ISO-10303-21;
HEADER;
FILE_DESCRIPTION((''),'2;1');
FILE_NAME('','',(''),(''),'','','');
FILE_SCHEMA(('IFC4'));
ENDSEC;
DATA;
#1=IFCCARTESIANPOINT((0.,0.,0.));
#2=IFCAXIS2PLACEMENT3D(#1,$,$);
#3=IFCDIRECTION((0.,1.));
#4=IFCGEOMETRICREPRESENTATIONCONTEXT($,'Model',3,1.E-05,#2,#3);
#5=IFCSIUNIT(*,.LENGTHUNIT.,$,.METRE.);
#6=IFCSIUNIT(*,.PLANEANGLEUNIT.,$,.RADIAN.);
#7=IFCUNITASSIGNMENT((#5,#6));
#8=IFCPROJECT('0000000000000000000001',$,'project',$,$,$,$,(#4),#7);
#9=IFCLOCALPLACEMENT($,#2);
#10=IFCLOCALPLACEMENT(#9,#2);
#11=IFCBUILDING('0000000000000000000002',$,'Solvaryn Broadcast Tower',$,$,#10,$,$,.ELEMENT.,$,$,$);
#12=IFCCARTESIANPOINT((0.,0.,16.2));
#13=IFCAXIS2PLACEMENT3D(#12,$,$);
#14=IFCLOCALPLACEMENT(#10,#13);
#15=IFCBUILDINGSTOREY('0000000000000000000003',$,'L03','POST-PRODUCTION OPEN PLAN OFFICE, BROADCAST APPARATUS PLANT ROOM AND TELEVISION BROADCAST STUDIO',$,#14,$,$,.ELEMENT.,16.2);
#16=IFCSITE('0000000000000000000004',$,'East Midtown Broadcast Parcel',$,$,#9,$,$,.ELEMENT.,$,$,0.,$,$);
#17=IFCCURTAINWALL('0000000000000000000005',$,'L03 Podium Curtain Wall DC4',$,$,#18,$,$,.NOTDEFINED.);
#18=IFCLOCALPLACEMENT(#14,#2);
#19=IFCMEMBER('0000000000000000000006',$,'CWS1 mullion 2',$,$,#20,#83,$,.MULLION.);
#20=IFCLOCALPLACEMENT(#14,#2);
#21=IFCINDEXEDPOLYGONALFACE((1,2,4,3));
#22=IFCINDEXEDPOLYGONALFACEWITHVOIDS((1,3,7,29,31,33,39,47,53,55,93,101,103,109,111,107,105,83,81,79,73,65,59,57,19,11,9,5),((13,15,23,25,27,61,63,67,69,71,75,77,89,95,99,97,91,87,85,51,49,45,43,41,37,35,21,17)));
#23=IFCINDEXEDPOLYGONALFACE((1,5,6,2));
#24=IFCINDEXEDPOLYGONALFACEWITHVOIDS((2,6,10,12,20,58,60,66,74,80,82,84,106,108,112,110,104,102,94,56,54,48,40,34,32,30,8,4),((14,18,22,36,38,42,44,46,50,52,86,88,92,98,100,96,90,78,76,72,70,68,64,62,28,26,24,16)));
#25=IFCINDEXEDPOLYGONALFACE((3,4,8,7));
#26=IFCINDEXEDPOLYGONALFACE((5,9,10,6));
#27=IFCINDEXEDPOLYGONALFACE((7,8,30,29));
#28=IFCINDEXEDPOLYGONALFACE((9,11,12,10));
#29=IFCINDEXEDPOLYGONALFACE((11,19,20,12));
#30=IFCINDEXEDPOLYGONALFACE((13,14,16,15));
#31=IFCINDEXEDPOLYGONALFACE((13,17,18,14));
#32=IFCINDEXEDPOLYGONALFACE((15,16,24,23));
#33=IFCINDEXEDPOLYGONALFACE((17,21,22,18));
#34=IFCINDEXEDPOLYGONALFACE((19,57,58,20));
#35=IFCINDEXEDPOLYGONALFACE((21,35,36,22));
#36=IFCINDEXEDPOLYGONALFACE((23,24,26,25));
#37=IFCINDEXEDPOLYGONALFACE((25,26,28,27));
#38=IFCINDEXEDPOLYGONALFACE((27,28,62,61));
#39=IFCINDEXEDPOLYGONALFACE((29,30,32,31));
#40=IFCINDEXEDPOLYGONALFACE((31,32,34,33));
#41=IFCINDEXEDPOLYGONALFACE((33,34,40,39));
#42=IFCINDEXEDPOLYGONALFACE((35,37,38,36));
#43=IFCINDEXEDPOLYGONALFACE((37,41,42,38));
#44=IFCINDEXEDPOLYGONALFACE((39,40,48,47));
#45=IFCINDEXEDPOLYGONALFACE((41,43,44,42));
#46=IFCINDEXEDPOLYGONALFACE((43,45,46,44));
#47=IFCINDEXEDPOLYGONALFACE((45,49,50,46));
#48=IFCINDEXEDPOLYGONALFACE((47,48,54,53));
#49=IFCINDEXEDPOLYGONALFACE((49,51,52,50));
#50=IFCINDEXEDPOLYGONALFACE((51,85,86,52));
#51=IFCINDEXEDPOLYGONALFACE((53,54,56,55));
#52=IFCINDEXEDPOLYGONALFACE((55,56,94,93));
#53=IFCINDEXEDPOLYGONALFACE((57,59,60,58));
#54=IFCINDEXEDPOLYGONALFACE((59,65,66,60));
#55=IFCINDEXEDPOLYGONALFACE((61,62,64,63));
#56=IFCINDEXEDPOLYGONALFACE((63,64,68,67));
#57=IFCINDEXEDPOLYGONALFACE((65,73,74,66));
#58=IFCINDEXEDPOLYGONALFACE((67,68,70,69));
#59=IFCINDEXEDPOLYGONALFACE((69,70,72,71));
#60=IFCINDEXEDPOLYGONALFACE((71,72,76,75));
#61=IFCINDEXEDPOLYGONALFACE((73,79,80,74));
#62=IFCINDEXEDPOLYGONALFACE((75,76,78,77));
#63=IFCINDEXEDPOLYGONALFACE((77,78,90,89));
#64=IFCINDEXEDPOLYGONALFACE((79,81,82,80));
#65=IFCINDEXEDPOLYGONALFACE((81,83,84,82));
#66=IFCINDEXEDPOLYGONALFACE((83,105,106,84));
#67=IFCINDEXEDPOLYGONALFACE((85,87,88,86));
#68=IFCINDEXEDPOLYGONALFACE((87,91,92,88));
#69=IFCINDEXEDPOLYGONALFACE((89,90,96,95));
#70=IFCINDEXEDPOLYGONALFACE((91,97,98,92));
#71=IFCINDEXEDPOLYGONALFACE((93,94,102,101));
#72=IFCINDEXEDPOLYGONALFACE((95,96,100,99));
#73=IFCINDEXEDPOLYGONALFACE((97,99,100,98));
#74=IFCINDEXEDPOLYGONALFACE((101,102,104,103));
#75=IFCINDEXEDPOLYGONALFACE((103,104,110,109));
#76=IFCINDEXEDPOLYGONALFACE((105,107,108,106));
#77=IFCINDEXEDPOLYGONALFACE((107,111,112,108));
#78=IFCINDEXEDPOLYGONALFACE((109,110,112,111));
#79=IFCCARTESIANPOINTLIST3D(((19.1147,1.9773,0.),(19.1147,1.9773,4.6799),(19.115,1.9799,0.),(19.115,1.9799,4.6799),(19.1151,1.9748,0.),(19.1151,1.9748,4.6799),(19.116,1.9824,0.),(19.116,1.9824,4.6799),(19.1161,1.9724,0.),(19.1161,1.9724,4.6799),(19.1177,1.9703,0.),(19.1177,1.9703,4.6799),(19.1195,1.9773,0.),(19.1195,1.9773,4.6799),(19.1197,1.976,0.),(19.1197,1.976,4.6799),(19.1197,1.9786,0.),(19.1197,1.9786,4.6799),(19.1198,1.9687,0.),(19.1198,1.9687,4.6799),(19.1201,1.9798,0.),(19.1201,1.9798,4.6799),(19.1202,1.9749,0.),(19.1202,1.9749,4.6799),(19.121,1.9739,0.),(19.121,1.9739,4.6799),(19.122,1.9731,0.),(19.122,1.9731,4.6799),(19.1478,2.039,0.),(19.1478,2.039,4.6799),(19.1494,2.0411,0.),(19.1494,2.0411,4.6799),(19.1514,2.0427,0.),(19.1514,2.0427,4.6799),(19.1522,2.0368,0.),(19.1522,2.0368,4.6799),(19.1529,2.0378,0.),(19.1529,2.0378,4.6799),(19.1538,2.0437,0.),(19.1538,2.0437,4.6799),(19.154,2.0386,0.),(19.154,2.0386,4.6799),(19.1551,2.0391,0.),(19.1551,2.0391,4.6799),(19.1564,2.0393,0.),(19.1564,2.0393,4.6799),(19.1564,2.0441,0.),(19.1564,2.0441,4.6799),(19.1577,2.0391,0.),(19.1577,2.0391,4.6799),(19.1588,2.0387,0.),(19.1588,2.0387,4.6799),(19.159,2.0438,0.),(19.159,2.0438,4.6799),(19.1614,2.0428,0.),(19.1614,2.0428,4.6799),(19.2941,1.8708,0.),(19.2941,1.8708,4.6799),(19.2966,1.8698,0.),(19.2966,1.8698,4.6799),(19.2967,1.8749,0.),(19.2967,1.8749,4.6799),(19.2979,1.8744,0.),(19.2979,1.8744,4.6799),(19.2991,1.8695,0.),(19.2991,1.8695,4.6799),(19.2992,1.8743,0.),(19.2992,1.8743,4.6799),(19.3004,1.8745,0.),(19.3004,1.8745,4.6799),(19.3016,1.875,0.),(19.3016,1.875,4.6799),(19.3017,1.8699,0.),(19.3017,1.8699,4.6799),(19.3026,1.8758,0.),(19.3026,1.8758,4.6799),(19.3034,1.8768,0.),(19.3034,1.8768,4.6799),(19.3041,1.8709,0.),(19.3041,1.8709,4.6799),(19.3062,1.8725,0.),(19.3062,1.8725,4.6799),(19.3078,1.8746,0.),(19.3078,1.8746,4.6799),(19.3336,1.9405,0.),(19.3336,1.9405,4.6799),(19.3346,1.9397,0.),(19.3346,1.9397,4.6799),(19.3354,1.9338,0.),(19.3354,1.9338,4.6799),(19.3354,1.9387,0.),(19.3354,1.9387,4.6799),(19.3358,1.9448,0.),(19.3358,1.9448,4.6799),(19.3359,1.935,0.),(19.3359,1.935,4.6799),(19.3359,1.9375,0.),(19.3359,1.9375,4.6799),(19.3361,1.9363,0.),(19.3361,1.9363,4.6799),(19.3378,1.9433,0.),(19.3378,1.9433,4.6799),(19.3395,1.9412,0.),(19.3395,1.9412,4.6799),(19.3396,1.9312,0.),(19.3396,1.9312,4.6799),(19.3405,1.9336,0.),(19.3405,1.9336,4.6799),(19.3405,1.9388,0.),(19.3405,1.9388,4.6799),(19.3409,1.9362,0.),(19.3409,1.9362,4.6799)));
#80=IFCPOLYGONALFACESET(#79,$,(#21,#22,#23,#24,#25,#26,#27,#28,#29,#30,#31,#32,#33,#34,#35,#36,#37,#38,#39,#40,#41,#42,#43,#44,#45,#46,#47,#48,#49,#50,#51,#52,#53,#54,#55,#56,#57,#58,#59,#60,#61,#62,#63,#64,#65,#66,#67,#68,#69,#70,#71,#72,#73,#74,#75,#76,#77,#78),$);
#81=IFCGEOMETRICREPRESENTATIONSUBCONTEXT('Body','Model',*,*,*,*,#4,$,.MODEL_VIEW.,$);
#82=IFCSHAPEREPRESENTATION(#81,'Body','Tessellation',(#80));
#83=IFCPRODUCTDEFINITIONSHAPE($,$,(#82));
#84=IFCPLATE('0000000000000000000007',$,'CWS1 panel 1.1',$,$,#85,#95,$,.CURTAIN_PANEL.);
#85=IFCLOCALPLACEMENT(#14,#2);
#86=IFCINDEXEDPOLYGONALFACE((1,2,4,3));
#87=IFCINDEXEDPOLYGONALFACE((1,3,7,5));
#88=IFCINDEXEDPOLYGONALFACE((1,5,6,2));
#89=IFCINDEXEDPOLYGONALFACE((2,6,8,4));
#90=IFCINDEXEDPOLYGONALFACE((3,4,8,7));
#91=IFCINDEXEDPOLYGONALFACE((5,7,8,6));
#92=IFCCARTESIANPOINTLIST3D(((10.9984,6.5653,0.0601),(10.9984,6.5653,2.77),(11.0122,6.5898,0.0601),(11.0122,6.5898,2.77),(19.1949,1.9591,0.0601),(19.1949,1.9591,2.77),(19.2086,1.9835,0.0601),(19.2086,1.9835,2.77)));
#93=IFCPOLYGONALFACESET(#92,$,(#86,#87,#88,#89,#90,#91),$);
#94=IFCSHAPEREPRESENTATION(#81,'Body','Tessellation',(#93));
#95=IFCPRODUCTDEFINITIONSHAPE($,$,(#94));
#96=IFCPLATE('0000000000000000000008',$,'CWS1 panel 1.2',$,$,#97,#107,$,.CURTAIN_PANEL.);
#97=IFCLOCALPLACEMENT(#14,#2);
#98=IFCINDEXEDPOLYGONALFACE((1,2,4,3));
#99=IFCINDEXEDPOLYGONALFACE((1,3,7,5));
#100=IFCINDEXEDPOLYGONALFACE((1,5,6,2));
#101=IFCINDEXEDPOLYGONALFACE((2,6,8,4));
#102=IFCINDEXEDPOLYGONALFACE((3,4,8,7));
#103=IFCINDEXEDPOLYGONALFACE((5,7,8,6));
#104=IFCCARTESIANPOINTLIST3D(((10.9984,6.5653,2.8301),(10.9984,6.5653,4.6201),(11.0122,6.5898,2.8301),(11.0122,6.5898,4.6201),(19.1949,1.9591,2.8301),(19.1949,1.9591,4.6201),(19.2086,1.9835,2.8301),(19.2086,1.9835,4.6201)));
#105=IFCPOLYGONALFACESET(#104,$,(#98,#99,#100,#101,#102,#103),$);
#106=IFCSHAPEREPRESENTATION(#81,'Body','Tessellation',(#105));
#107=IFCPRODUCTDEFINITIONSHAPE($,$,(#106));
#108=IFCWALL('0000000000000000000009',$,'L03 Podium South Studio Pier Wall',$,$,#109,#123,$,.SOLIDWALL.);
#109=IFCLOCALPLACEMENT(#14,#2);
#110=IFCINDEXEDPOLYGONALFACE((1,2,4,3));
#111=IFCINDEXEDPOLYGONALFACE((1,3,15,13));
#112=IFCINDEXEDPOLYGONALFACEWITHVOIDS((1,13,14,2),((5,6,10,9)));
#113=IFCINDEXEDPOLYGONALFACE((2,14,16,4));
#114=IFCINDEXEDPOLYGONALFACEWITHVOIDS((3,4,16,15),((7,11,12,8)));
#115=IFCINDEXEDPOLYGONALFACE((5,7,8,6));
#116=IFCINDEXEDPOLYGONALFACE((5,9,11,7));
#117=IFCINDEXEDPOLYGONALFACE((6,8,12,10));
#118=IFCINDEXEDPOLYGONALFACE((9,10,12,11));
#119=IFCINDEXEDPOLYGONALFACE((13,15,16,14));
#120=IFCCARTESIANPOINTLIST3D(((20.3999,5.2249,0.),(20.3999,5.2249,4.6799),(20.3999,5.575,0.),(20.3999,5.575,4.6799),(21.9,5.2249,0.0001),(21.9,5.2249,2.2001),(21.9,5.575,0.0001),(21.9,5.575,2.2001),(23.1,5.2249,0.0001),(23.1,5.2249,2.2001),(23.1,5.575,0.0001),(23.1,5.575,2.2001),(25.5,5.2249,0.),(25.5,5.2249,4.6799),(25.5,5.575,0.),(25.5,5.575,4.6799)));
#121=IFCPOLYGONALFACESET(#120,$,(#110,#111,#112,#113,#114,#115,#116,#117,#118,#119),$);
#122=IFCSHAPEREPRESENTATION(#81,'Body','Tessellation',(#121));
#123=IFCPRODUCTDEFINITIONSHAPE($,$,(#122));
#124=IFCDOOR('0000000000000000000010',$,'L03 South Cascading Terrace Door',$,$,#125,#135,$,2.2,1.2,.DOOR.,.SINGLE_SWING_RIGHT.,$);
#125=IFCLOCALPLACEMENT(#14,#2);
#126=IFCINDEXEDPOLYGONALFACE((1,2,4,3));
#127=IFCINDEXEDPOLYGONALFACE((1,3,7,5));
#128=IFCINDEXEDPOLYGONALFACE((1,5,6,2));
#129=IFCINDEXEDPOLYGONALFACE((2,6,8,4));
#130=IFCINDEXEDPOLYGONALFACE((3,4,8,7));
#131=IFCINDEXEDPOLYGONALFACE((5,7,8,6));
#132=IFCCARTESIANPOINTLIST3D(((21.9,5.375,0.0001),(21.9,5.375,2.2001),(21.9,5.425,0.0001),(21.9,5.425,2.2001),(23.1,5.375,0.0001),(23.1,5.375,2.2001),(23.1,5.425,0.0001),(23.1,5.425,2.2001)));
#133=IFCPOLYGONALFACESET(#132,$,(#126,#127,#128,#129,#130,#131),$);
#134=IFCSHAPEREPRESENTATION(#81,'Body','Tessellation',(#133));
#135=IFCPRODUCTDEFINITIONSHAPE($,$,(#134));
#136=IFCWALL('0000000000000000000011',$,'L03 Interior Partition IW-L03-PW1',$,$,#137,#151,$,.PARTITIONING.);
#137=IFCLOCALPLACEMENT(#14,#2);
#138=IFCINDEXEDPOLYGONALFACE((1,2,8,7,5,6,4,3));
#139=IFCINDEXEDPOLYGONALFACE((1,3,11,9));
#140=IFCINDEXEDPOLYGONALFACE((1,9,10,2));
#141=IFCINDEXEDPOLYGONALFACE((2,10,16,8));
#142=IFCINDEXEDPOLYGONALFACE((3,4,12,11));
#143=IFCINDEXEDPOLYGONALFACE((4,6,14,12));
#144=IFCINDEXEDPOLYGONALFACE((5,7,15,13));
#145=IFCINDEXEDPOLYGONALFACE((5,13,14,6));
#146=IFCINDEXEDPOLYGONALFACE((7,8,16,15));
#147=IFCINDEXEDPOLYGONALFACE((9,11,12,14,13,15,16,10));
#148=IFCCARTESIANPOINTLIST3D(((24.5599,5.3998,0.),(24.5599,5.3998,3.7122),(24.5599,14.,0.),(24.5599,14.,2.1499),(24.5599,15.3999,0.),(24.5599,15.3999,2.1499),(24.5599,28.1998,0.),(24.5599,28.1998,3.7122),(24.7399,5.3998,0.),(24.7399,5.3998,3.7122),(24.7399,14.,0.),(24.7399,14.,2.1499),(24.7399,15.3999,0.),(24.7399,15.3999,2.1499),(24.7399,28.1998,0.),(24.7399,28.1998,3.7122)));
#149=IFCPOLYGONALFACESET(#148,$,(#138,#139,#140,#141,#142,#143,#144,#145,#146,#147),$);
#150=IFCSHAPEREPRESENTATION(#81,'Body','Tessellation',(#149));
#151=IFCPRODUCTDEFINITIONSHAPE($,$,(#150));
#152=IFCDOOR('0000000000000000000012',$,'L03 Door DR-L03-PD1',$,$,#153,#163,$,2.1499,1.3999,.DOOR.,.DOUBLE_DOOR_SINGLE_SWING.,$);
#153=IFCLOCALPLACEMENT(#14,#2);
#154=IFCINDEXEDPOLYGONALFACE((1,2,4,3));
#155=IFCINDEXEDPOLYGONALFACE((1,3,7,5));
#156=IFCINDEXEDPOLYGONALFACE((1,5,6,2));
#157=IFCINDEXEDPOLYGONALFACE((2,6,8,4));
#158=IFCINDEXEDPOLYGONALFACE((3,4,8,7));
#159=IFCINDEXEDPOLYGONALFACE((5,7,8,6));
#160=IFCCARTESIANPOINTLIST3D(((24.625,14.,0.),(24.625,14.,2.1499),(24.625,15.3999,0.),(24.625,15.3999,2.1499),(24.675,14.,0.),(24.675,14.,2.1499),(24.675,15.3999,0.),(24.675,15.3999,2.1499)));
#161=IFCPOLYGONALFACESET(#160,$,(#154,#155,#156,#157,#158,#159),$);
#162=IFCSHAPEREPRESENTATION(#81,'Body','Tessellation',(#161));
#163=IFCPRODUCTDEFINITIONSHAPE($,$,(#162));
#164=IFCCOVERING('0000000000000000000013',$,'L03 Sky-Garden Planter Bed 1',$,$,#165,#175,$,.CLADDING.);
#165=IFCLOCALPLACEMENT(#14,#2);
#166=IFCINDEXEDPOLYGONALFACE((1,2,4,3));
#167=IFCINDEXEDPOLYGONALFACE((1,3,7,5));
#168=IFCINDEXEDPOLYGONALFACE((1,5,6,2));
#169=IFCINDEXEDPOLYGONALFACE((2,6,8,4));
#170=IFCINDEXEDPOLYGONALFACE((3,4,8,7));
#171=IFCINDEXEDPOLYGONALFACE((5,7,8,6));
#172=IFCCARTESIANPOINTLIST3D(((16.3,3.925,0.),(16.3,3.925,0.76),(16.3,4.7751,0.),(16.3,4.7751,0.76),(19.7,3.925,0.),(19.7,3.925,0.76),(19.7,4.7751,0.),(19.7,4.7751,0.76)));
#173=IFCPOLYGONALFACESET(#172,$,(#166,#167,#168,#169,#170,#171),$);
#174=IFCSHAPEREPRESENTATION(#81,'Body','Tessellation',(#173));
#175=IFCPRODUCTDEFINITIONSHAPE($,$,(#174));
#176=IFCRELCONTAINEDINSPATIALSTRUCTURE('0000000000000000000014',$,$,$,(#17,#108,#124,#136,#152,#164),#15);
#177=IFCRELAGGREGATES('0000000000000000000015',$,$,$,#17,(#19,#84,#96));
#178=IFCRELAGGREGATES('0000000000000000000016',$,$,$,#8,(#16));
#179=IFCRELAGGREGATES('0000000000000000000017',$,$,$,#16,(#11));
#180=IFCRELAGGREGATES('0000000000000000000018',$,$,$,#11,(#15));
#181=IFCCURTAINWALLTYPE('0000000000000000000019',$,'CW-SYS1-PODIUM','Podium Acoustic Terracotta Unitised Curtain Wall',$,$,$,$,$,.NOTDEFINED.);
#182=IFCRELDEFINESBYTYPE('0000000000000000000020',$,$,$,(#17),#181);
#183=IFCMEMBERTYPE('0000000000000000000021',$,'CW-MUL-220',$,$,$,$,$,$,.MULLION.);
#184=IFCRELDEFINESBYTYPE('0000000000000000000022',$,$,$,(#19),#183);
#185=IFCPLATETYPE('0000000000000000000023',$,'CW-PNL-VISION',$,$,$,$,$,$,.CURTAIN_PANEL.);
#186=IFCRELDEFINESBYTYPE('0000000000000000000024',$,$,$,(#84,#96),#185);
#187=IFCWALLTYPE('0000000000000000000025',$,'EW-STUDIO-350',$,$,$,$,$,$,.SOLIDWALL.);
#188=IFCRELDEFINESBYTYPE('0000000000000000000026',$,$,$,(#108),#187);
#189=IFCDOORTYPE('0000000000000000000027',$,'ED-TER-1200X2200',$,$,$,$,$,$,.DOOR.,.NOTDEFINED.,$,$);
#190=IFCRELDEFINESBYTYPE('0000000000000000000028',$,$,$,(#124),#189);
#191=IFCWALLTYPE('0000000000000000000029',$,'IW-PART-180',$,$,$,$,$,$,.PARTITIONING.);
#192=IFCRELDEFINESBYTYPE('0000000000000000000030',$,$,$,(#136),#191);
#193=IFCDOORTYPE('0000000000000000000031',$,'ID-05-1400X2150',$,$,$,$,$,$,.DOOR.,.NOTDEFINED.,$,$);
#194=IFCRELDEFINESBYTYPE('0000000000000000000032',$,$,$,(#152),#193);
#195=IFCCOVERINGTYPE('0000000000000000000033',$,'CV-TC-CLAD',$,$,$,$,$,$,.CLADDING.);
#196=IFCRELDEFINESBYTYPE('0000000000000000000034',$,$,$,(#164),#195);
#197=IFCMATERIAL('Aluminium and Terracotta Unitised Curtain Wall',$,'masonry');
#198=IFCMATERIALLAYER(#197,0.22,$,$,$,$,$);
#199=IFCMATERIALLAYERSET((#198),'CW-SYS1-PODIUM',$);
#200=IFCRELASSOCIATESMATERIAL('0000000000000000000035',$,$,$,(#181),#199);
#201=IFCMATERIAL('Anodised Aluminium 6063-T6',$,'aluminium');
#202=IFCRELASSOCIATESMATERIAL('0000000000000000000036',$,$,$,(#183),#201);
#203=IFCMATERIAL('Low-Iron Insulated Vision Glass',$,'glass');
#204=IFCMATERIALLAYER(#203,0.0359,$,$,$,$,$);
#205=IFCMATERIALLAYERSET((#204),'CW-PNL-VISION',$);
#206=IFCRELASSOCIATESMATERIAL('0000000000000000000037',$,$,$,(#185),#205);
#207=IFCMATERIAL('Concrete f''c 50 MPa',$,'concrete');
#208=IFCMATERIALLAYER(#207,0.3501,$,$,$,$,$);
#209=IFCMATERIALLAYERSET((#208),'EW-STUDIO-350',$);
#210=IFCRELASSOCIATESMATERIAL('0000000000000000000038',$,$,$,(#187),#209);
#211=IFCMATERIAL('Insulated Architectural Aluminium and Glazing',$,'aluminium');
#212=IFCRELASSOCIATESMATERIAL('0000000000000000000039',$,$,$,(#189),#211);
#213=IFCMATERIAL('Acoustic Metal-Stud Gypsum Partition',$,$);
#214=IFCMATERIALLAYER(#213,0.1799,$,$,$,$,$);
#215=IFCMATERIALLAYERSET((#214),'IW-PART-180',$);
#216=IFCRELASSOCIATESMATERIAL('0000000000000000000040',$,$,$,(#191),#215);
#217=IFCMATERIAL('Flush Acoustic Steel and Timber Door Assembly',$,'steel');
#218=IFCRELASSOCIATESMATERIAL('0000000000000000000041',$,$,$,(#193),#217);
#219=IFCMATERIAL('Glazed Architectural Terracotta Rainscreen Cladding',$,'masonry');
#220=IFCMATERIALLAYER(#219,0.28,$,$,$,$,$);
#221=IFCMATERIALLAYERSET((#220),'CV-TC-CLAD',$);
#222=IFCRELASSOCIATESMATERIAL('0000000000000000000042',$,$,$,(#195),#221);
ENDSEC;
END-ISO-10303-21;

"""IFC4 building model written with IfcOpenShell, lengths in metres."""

from ifc_helpers import new_model, si_unit, direction, frame, frame_2d, origin, origin_2d, place, context, subcontext, project, spatial, rectangle, hollow_rectangle, extrude, material, layer, layer_set, material_profile, profile_set, type_object, element, fill, aggregate, save


model = new_model("IFC4")

# Units and contexts
model_context = context("Model", 3, precision=1e-05, world=origin(), true_north=direction((0.0, 1.0)))
body_context = subcontext(model_context, "Body", "Model", "MODEL_VIEW")
ifc_project = project(units=[si_unit("LENGTHUNIT", "METRE"), si_unit("PLANEANGLEUNIT", "RADIAN")], contexts=[model_context])

# Site, building, storey
site_placement = place(None, origin())
site = spatial("IfcSite", under=ifc_project, at=site_placement, Name="East Midtown Broadcast Parcel", CompositionType="ELEMENT", RefElevation=0.0)
building_placement = place(site_placement, origin())
building = spatial("IfcBuilding", under=site, at=building_placement, Name="Solvaryn Broadcast Tower", CompositionType="ELEMENT")
storey_placement = place(building_placement, frame((0.0, 0.0, 16.2)))
storey = spatial("IfcBuildingStorey", under=building, at=storey_placement, Name="L03", Description="POST-PRODUCTION OPEN PLAN OFFICE, BROADCAST APPARATUS PLANT ROOM AND TELEVISION BROADCAST STUDIO", CompositionType="ELEMENT", Elevation=16.2)

# Curtain wall, member, plates
ifc_material_1 = material(Name="Aluminium and Terracotta Unitised Curtain Wall", Category="masonry")
ifc_layer_1 = layer(ifc_material_1, 0.22)
ifc_layer_set_1 = layer_set([ifc_layer_1], Name="CW-SYS1-PODIUM")
curtain_wall_type = type_object("IfcCurtainWallType", Name="CW-SYS1-PODIUM", Description="Podium Acoustic Terracotta Unitised Curtain Wall", PredefinedType="NOTDEFINED", material=ifc_layer_set_1)
curtain_wall_placement = place(storey_placement, origin())
curtain_wall = element("IfcCurtainWall", 1, at=curtain_wall_placement, inside=storey, type_object=curtain_wall_type, Name="L03 Podium Curtain Wall DC4", PredefinedType="NOTDEFINED")
ifc_material_2 = material(Name="Anodised Aluminium 6063-T6", Category="aluminium")
ifc_material_profile_1 = material_profile(ifc_material_2, hollow_rectangle(XDim=0.085, YDim=0.22, WallThickness=0.0049, InnerFilletRadius=0.0049, OuterFilletRadius=0.01, at=origin_2d()))
ifc_profile_set_1 = profile_set([ifc_material_profile_1], Name="Anodised Aluminium 6063-T6")
member_type = type_object("IfcMemberType", Name="CW-MUL-220", PredefinedType="MULLION", material=ifc_profile_set_1)
member_placement = place(storey_placement, frame((19.2278, 1.9568, 0.0), z_axis=(0.0, 0.0, 1.0), x_axis=(0.489917, 0.871769, 0.0)))
member = element("IfcMember", 2, at=member_placement, type_object=member_type, Name="CWS1 mullion 2", PredefinedType="MULLION", context=body_context, shape_type="SweptSolid", body=[
    extrude(hollow_rectangle(XDim=0.085, YDim=0.22, WallThickness=0.0049, InnerFilletRadius=0.0049, OuterFilletRadius=0.01, at=origin_2d()), origin(), (0.0, 0.0, 1.0), 4.6799),
])
ifc_material_3 = material(Name="Low-Iron Insulated Vision Glass", Category="glass")
ifc_layer_2 = layer(ifc_material_3, 0.0359)
ifc_layer_set_2 = layer_set([ifc_layer_2], Name="CW-PNL-VISION")
plate_type = type_object("IfcPlateType", Name="CW-PNL-VISION", PredefinedType="CURTAIN_PANEL", material=ifc_layer_set_2)
plate_1_placement = place(storey_placement, frame((15.1035, 4.2744, 0.0601), z_axis=(0.0, 0.0, 1.0), x_axis=(0.871769, -0.489917, 0.0)))
plate_1 = element("IfcPlate", 3, at=plate_1_placement, type_object=plate_type, Name="CWS1 panel 1.1", PredefinedType="CURTAIN_PANEL", context=body_context, shape_type="SweptSolid", body=[
    extrude(rectangle(XDim=9.4021, YDim=0.0281, at=origin_2d()), origin(), (0.0, 0.0, 1.0), 2.71),
])
plate_2_placement = place(storey_placement, frame((15.1035, 4.2744, 2.8301), z_axis=(0.0, 0.0, 1.0), x_axis=(0.871769, -0.489917, 0.0)))
plate_2 = element("IfcPlate", 4, at=plate_2_placement, type_object=plate_type, Name="CWS1 panel 1.2", PredefinedType="CURTAIN_PANEL", context=body_context, shape_type="SweptSolid", body=[
    extrude(rectangle(XDim=9.4021, YDim=0.0281, at=origin_2d()), origin(), (0.0, 0.0, 1.0), 1.79),
])
aggregate(curtain_wall, [member, plate_1, plate_2])

# Walls, openings, doors
ifc_material_4 = material(Name="Concrete f'c 50 MPa", Category="concrete")
ifc_layer_3 = layer(ifc_material_4, 0.3501)
ifc_layer_set_3 = layer_set([ifc_layer_3], Name="EW-STUDIO-350")
wall_type_1 = type_object("IfcWallType", Name="EW-STUDIO-350", PredefinedType="SOLIDWALL", material=ifc_layer_set_3)
wall_1_placement = place(storey_placement, frame((25.5, 5.3999, 0.0), z_axis=(0.0, 0.0, 1.0), x_axis=(-1.0, 0.0, 0.0)))
wall_1 = element("IfcWall", 5, at=wall_1_placement, inside=storey, type_object=wall_type_1, Name="L03 Podium South Studio Pier Wall", PredefinedType="SOLIDWALL", context=body_context, shape_type="SweptSolid", body=[
    extrude(rectangle(XDim=5.1001, YDim=0.3501, at=frame_2d((2.55, 0.0))), origin(), (0.0, 0.0, 1.0), 4.6799),
])
opening_1_placement = place(wall_1_placement, frame((2.3999, 0.0, 0.0)))
opening_1 = element("IfcOpeningElement", 6, at=opening_1_placement, cuts=wall_1, PredefinedType="OPENING", context=body_context, shape_type="SweptSolid", body=[
    extrude(rectangle(XDim=1.2, YDim=2.2, at=frame_2d((0.6001, 1.1001))), frame((0.0, 0.1851, 0.0), z_axis=(0.0, -1.0, 0.0), x_axis=(1.0, 0.0, 0.0)), (0.0, 0.0, 1.0), 0.3701),
])
ifc_material_5 = material(Name="Insulated Architectural Aluminium and Glazing", Category="aluminium")
door_type_1 = type_object("IfcDoorType", Name="ED-TER-1200X2200", OperationType="NOTDEFINED", PredefinedType="DOOR", material=ifc_material_5)
door_1_placement = place(opening_1_placement, origin())
door_1 = element("IfcDoor", 7, at=door_1_placement, inside=storey, type_object=door_type_1, Name="L03 South Cascading Terrace Door", OperationType="SINGLE_SWING_RIGHT", OverallHeight=2.2, OverallWidth=1.2, PredefinedType="DOOR", context=body_context, shape_type="SweptSolid", body=[
    extrude(rectangle(XDim=1.2, YDim=2.2, at=frame_2d((0.6001, 1.1001))), frame((0.0, 0.0249, 0.0), z_axis=(0.0, -1.0, 0.0), x_axis=(1.0, 0.0, 0.0)), (0.0, 0.0, 1.0), 0.05),
])
fill(opening_1, door_1)
ifc_material_6 = material(Name="Acoustic Metal-Stud Gypsum Partition")
ifc_layer_4 = layer(ifc_material_6, 0.1799)
ifc_layer_set_4 = layer_set([ifc_layer_4], Name="IW-PART-180")
wall_type_2 = type_object("IfcWallType", Name="IW-PART-180", PredefinedType="PARTITIONING", material=ifc_layer_set_4)
wall_2_placement = place(storey_placement, frame((24.6499, 5.3999, 0.0), z_axis=(0.0, 0.0, 1.0), x_axis=(0.0, 1.0, 0.0)))
wall_2 = element("IfcWall", 8, at=wall_2_placement, inside=storey, type_object=wall_type_2, Name="L03 Interior Partition IW-L03-PW1", PredefinedType="PARTITIONING", context=body_context, shape_type="SweptSolid", body=[
    extrude(rectangle(XDim=22.8, YDim=0.1799, at=frame_2d((11.3999, 0.0))), origin(), (0.0, 0.0, 1.0), 3.7122),
])
opening_2_placement = place(wall_2_placement, frame((8.6001, 0.0, 0.0)))
opening_2 = element("IfcOpeningElement", 9, at=opening_2_placement, cuts=wall_2, PredefinedType="OPENING", context=body_context, shape_type="SweptSolid", body=[
    extrude(rectangle(XDim=1.3999, YDim=2.1499, at=frame_2d((0.7, 1.075))), frame((0.0, 0.0999, 0.0), z_axis=(0.0, -1.0, 0.0), x_axis=(1.0, 0.0, 0.0)), (0.0, 0.0, 1.0), 0.2),
])
ifc_material_7 = material(Name="Flush Acoustic Steel and Timber Door Assembly", Category="steel")
door_type_2 = type_object("IfcDoorType", Name="ID-05-1400X2150", OperationType="NOTDEFINED", PredefinedType="DOOR", material=ifc_material_7)
door_2_placement = place(opening_2_placement, origin())
door_2 = element("IfcDoor", 10, at=door_2_placement, inside=storey, type_object=door_type_2, Name="L03 Door DR-L03-PD1", OperationType="DOUBLE_DOOR_SINGLE_SWING", OverallHeight=2.1499, OverallWidth=1.3999, PredefinedType="DOOR", context=body_context, shape_type="SweptSolid", body=[
    extrude(rectangle(XDim=1.3999, YDim=2.1499, at=frame_2d((0.7, 1.075))), frame((0.0, 0.0249, 0.0), z_axis=(0.0, -1.0, 0.0), x_axis=(1.0, 0.0, 0.0)), (0.0, 0.0, 1.0), 0.05),
])
fill(opening_2, door_2)

# Covering
ifc_material_8 = material(Name="Glazed Architectural Terracotta Rainscreen Cladding", Category="masonry")
ifc_layer_5 = layer(ifc_material_8, 0.28)
ifc_layer_set_5 = layer_set([ifc_layer_5], Name="CV-TC-CLAD")
covering_type_1 = type_object("IfcCoveringType", Name="CV-TC-CLAD", PredefinedType="CLADDING", material=ifc_layer_set_5)
for number, where, z_axis, x_axis, name in (
    (11, (18.0, 4.3501, 0.0), (0.0, 0.0, 1.0), (1.0, 0.0, 0.0), "L03 Sky-Garden Planter Bed 1"),
):
    element("IfcCovering", number, at=place(storey_placement, frame(where, z_axis=z_axis, x_axis=x_axis)), inside=storey, type_object=covering_type_1, Name=name, PredefinedType="CLADDING", context=body_context, shape_type="SweptSolid", body=[
        extrude(rectangle(XDim=3.3999, YDim=0.8501, at=origin_2d()), origin(), (0.0, 0.0, 1.0), 0.76),
    ])

save(model, "model.ifc")
